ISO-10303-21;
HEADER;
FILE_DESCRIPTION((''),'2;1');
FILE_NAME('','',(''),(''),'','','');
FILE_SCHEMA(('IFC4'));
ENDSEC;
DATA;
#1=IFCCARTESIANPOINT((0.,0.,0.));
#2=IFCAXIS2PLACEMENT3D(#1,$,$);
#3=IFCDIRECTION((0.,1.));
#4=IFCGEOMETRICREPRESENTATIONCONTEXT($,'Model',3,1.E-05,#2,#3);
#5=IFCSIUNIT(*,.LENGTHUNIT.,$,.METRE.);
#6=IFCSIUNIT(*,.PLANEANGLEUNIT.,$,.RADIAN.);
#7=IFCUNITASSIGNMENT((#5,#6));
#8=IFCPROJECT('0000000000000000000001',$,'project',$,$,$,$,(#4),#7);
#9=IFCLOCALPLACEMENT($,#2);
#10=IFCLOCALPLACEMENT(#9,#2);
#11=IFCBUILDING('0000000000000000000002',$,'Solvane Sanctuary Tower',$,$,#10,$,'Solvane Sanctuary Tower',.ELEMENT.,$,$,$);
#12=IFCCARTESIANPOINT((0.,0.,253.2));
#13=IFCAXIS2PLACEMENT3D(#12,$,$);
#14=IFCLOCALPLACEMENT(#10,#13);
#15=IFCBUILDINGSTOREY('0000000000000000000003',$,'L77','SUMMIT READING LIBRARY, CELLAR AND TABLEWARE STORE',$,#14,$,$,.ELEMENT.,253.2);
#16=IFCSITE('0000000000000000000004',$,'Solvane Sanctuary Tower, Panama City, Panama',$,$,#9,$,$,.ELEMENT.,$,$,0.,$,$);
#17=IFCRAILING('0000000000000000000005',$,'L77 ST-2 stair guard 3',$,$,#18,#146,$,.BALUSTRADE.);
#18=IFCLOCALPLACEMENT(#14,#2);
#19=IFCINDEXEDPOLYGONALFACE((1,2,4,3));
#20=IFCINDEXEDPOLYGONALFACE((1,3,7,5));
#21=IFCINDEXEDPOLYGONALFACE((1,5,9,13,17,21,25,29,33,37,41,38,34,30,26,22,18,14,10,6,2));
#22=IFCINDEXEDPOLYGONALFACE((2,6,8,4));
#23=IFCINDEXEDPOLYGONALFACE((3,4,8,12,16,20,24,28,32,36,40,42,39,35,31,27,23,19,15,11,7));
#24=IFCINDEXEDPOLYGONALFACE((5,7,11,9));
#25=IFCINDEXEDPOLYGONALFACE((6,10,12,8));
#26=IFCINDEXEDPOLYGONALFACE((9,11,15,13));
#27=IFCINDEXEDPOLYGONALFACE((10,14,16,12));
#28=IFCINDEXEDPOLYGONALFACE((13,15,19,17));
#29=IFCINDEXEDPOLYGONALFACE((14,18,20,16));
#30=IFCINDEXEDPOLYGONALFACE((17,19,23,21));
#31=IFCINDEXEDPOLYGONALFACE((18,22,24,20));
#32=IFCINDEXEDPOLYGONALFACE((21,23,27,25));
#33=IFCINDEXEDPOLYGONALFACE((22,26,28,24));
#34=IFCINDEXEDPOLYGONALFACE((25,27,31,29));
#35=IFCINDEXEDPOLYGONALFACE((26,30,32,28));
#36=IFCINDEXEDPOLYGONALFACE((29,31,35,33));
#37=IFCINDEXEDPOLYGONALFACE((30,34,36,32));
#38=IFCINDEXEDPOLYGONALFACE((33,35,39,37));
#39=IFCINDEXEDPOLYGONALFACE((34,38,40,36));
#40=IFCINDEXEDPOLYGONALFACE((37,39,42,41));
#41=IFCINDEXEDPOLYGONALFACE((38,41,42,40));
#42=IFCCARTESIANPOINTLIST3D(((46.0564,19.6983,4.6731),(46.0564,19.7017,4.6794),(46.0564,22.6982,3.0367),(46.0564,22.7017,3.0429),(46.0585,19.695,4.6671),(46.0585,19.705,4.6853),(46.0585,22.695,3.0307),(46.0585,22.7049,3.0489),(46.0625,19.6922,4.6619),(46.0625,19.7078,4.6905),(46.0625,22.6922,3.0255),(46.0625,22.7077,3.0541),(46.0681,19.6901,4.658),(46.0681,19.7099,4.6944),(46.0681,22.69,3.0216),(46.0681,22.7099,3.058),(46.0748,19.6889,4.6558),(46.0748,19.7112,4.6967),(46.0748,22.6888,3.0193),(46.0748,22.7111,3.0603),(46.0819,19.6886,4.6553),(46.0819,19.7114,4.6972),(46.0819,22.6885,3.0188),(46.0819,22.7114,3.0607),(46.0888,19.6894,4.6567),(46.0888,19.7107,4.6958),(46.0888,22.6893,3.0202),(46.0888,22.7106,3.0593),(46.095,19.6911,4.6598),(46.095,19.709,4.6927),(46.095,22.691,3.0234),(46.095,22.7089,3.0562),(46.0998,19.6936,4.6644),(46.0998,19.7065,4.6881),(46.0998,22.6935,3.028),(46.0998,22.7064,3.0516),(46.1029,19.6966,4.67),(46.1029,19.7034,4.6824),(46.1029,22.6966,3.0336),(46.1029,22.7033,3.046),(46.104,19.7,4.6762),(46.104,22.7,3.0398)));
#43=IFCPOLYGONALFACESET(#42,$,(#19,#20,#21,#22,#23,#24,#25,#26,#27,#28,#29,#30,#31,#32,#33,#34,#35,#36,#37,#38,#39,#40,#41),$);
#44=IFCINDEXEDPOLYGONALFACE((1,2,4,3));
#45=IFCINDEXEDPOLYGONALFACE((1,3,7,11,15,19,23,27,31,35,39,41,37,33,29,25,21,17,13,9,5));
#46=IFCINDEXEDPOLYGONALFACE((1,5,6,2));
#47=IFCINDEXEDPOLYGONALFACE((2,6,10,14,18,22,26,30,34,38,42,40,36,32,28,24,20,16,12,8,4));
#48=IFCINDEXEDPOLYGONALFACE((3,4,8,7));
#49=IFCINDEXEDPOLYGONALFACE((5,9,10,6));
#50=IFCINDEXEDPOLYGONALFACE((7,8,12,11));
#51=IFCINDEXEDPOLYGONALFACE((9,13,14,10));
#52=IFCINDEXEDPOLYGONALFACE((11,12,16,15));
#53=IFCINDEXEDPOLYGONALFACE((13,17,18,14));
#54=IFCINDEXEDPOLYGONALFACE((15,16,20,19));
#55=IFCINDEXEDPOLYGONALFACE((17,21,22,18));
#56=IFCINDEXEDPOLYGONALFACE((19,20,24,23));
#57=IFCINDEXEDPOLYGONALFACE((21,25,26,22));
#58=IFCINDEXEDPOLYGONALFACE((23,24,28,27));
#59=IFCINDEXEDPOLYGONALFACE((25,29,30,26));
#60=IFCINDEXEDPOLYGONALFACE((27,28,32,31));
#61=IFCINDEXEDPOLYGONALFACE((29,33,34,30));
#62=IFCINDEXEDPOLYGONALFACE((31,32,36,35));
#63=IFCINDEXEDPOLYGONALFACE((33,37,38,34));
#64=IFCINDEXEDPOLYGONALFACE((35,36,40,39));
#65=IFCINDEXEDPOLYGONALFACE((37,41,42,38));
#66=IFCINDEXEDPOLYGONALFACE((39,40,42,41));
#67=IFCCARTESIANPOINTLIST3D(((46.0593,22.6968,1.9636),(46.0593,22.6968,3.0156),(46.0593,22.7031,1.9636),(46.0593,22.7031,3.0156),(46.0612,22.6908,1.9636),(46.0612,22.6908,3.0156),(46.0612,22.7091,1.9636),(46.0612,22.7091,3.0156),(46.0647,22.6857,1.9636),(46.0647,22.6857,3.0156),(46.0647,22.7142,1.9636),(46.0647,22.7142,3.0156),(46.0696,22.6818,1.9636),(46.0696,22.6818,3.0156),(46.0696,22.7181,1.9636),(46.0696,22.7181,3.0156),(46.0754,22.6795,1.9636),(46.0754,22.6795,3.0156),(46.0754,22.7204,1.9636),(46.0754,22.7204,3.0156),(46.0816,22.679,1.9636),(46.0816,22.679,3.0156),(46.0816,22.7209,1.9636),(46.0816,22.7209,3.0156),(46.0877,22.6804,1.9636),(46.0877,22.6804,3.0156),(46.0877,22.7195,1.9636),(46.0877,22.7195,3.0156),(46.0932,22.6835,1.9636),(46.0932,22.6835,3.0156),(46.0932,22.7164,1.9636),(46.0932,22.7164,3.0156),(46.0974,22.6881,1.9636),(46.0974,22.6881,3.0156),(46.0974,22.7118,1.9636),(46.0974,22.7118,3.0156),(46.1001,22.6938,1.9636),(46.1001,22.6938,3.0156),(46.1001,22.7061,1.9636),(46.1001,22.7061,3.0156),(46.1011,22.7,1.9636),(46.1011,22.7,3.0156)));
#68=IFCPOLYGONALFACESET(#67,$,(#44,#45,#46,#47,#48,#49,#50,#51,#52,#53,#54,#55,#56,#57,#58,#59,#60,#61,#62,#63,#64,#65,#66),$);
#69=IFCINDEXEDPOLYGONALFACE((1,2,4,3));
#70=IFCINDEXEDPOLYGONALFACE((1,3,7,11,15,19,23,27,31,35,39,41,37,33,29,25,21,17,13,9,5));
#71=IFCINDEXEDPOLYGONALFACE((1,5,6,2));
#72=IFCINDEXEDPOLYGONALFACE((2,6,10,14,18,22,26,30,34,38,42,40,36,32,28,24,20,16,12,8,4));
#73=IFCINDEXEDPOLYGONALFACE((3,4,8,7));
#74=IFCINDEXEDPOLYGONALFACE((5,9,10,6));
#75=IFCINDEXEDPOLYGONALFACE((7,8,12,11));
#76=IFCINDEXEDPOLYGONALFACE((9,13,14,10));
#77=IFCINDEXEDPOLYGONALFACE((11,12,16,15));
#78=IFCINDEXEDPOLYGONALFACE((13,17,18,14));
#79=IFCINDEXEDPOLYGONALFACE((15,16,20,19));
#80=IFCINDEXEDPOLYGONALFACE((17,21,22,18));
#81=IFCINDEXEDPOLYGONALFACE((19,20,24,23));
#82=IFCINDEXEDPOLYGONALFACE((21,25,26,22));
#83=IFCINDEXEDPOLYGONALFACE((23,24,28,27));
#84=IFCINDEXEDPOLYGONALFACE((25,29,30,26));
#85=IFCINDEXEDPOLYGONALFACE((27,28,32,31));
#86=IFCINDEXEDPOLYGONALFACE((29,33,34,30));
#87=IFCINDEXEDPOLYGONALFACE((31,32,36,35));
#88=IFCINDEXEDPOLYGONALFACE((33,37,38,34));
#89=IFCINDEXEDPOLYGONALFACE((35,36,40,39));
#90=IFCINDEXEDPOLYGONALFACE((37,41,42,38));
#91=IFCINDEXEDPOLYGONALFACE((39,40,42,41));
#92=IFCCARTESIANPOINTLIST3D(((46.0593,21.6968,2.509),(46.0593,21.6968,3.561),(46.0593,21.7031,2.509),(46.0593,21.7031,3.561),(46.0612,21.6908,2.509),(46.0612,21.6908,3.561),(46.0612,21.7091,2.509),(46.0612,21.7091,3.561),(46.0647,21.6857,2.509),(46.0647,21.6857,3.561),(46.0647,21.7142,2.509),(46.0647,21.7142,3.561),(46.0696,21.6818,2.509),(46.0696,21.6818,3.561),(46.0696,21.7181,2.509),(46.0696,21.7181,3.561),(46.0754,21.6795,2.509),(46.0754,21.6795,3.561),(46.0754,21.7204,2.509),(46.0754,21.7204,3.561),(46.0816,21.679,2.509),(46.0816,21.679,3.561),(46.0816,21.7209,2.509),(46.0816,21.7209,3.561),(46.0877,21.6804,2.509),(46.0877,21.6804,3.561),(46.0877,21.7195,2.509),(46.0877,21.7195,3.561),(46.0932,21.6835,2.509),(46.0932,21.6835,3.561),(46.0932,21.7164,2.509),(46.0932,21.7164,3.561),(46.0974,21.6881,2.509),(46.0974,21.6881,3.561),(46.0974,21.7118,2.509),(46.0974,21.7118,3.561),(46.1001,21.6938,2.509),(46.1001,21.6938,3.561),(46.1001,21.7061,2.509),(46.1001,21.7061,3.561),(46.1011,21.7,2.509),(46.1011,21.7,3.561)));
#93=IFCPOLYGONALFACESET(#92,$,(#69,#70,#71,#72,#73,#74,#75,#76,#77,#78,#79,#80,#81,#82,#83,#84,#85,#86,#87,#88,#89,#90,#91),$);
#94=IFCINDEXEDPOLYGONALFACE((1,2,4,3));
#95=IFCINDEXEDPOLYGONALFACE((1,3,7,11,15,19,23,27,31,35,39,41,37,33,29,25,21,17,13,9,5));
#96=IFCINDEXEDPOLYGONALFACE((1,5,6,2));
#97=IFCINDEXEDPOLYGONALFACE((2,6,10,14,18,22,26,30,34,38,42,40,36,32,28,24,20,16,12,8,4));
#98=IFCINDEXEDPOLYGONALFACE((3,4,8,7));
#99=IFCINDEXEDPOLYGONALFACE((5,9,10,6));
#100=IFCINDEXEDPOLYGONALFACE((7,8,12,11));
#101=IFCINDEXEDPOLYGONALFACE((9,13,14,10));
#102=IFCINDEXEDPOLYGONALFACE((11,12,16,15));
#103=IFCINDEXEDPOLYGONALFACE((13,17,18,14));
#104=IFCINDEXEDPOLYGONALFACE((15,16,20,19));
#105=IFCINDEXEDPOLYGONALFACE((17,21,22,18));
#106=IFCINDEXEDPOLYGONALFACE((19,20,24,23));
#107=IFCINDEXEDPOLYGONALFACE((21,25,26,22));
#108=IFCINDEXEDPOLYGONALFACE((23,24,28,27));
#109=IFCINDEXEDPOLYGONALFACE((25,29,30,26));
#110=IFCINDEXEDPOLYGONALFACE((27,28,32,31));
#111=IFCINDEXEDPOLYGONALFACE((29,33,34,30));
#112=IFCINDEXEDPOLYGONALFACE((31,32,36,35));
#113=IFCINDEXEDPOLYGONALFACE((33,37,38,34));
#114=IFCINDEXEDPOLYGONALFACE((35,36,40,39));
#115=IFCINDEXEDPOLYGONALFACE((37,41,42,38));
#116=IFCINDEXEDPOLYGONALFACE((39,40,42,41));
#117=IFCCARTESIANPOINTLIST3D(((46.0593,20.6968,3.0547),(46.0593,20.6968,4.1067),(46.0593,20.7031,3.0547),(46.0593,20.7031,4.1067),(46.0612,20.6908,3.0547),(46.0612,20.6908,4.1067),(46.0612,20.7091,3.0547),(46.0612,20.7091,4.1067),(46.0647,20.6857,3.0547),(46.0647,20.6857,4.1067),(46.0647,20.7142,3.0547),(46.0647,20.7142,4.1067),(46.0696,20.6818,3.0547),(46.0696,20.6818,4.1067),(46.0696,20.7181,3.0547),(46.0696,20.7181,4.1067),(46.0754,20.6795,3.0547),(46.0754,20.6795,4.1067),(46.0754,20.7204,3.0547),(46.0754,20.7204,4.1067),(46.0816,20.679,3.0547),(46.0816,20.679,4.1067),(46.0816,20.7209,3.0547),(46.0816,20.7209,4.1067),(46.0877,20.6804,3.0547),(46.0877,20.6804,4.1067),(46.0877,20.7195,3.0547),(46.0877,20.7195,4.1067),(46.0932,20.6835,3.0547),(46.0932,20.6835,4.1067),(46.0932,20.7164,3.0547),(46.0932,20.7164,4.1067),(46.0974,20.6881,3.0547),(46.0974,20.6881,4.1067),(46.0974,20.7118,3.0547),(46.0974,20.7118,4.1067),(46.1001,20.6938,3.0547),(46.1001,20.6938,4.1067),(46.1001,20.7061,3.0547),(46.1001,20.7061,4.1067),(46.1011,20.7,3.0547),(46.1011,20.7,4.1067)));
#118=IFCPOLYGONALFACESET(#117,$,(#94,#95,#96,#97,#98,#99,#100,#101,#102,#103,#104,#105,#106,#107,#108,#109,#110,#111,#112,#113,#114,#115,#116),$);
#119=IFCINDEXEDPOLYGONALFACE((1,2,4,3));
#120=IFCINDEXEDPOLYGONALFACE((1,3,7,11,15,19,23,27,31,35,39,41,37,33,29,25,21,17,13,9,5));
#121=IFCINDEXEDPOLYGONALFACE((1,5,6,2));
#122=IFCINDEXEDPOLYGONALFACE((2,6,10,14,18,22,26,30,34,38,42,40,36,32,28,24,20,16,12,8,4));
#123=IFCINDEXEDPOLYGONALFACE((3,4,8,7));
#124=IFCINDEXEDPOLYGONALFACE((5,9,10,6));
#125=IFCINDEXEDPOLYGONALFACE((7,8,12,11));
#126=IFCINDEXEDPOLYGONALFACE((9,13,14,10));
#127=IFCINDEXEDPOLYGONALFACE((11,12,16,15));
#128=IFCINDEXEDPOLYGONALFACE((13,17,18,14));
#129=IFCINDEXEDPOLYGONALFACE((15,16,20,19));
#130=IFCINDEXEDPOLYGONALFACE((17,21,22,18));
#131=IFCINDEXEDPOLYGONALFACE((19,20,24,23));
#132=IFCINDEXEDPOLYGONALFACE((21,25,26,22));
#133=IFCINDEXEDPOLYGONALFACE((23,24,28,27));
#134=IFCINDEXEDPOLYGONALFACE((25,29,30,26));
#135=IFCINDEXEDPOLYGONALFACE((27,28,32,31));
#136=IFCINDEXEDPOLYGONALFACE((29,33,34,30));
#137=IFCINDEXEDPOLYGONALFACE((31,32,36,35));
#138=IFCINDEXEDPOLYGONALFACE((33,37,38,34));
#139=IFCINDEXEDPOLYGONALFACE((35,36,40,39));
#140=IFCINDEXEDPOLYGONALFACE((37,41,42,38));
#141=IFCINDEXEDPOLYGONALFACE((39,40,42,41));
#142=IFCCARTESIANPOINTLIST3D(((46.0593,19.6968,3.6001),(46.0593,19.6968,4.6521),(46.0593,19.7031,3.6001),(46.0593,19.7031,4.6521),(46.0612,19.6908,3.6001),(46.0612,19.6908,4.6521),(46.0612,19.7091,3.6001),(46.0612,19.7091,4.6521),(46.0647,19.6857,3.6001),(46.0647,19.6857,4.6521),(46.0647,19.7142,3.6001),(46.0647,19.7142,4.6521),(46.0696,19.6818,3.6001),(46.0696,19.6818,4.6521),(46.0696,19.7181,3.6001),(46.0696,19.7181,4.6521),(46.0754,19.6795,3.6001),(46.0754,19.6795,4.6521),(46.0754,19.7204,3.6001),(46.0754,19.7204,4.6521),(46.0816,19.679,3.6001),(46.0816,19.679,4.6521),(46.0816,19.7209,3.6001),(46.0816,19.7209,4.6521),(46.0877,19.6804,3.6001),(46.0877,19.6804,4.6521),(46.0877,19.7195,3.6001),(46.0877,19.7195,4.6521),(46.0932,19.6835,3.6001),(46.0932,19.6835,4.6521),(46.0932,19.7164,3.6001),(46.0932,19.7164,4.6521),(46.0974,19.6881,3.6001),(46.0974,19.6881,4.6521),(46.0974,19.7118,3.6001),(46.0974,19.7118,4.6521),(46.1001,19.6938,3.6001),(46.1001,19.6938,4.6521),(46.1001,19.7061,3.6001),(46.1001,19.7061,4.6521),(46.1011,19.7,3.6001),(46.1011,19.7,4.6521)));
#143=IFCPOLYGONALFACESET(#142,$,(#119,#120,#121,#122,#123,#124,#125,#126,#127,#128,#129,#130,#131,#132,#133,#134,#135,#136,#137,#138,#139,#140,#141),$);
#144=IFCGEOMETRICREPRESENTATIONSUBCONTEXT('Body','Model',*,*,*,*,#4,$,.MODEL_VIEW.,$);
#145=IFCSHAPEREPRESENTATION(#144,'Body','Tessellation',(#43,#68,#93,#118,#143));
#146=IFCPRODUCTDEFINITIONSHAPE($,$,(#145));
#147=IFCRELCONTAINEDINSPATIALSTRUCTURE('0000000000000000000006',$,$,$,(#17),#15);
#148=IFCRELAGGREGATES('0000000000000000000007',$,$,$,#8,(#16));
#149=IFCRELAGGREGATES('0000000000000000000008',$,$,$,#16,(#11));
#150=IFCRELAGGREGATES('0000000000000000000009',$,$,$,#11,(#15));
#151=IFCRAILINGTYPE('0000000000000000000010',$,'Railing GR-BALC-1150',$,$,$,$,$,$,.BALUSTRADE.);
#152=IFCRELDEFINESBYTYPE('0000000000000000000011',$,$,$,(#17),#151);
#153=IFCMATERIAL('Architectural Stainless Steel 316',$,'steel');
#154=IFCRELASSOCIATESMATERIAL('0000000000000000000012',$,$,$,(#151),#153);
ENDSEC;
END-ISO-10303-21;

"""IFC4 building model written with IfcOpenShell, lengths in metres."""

from ifc_helpers import new_model, si_unit, direction, frame, origin, origin_2d, place, context, subcontext, project, spatial, circle, extrude, material, type_object, element, save


model = new_model("IFC4")

# Units and contexts
model_context = context("Model", 3, precision=1e-05, world=origin(), true_north=direction((0.0, 1.0)))
body_context = subcontext(model_context, "Body", "Model", "MODEL_VIEW")
ifc_project = project(units=[si_unit("LENGTHUNIT", "METRE"), si_unit("PLANEANGLEUNIT", "RADIAN")], contexts=[model_context])

# Site, building, storey
site_placement = place(None, origin())
site = spatial("IfcSite", under=ifc_project, at=site_placement, Name="Solvane Sanctuary Tower, Panama City, Panama", CompositionType="ELEMENT", RefElevation=0.0)
building_placement = place(site_placement, origin())
building = spatial("IfcBuilding", under=site, at=building_placement, Name="Solvane Sanctuary Tower", LongName="Solvane Sanctuary Tower", CompositionType="ELEMENT")
storey_placement = place(building_placement, frame((0.0, 0.0, 253.2)))
storey = spatial("IfcBuildingStorey", under=building, at=storey_placement, Name="L77", Description="SUMMIT READING LIBRARY, CELLAR AND TABLEWARE STORE", CompositionType="ELEMENT", Elevation=253.2)

# Shared definitions
ifc_material_1 = material(Name="Architectural Stainless Steel 316", Category="steel")

# Railing
railing_type_1 = type_object("IfcRailingType", Name="Railing GR-BALC-1150", PredefinedType="BALUSTRADE", material=ifc_material_1)
railing_1_placement = place(storey_placement, frame((46.0801, 22.7, 1.9636)))
element("IfcRailing", 1, at=railing_1_placement, inside=storey, type_object=railing_type_1, Name="L77 ST-2 stair guard 3", PredefinedType="BALUSTRADE", context=body_context, shape_type="SweptSolid", body=[
    extrude(circle(Radius=0.0239, at=origin_2d()), frame((0.0, 0.0, 1.0762), z_axis=(0.0, -0.877882, 0.478877), x_axis=(1.0, 0.0, 0.0)), (0.0, 0.0, 1.0), 3.4172),
    extrude(circle(Radius=0.021, at=origin_2d()), origin(), (0.0, 0.0, 1.0), 1.052),
    extrude(circle(Radius=0.021, at=origin_2d()), frame((0.0, -1.0, 0.5454)), (0.0, 0.0, 1.0), 1.052),
    extrude(circle(Radius=0.021, at=origin_2d()), frame((0.0, -2.0, 1.0911)), (0.0, 0.0, 1.0), 1.052),
    extrude(circle(Radius=0.021, at=origin_2d()), frame((0.0, -3.0, 1.6365)), (0.0, 0.0, 1.0), 1.052),
])

save(model, "model.ifc")
